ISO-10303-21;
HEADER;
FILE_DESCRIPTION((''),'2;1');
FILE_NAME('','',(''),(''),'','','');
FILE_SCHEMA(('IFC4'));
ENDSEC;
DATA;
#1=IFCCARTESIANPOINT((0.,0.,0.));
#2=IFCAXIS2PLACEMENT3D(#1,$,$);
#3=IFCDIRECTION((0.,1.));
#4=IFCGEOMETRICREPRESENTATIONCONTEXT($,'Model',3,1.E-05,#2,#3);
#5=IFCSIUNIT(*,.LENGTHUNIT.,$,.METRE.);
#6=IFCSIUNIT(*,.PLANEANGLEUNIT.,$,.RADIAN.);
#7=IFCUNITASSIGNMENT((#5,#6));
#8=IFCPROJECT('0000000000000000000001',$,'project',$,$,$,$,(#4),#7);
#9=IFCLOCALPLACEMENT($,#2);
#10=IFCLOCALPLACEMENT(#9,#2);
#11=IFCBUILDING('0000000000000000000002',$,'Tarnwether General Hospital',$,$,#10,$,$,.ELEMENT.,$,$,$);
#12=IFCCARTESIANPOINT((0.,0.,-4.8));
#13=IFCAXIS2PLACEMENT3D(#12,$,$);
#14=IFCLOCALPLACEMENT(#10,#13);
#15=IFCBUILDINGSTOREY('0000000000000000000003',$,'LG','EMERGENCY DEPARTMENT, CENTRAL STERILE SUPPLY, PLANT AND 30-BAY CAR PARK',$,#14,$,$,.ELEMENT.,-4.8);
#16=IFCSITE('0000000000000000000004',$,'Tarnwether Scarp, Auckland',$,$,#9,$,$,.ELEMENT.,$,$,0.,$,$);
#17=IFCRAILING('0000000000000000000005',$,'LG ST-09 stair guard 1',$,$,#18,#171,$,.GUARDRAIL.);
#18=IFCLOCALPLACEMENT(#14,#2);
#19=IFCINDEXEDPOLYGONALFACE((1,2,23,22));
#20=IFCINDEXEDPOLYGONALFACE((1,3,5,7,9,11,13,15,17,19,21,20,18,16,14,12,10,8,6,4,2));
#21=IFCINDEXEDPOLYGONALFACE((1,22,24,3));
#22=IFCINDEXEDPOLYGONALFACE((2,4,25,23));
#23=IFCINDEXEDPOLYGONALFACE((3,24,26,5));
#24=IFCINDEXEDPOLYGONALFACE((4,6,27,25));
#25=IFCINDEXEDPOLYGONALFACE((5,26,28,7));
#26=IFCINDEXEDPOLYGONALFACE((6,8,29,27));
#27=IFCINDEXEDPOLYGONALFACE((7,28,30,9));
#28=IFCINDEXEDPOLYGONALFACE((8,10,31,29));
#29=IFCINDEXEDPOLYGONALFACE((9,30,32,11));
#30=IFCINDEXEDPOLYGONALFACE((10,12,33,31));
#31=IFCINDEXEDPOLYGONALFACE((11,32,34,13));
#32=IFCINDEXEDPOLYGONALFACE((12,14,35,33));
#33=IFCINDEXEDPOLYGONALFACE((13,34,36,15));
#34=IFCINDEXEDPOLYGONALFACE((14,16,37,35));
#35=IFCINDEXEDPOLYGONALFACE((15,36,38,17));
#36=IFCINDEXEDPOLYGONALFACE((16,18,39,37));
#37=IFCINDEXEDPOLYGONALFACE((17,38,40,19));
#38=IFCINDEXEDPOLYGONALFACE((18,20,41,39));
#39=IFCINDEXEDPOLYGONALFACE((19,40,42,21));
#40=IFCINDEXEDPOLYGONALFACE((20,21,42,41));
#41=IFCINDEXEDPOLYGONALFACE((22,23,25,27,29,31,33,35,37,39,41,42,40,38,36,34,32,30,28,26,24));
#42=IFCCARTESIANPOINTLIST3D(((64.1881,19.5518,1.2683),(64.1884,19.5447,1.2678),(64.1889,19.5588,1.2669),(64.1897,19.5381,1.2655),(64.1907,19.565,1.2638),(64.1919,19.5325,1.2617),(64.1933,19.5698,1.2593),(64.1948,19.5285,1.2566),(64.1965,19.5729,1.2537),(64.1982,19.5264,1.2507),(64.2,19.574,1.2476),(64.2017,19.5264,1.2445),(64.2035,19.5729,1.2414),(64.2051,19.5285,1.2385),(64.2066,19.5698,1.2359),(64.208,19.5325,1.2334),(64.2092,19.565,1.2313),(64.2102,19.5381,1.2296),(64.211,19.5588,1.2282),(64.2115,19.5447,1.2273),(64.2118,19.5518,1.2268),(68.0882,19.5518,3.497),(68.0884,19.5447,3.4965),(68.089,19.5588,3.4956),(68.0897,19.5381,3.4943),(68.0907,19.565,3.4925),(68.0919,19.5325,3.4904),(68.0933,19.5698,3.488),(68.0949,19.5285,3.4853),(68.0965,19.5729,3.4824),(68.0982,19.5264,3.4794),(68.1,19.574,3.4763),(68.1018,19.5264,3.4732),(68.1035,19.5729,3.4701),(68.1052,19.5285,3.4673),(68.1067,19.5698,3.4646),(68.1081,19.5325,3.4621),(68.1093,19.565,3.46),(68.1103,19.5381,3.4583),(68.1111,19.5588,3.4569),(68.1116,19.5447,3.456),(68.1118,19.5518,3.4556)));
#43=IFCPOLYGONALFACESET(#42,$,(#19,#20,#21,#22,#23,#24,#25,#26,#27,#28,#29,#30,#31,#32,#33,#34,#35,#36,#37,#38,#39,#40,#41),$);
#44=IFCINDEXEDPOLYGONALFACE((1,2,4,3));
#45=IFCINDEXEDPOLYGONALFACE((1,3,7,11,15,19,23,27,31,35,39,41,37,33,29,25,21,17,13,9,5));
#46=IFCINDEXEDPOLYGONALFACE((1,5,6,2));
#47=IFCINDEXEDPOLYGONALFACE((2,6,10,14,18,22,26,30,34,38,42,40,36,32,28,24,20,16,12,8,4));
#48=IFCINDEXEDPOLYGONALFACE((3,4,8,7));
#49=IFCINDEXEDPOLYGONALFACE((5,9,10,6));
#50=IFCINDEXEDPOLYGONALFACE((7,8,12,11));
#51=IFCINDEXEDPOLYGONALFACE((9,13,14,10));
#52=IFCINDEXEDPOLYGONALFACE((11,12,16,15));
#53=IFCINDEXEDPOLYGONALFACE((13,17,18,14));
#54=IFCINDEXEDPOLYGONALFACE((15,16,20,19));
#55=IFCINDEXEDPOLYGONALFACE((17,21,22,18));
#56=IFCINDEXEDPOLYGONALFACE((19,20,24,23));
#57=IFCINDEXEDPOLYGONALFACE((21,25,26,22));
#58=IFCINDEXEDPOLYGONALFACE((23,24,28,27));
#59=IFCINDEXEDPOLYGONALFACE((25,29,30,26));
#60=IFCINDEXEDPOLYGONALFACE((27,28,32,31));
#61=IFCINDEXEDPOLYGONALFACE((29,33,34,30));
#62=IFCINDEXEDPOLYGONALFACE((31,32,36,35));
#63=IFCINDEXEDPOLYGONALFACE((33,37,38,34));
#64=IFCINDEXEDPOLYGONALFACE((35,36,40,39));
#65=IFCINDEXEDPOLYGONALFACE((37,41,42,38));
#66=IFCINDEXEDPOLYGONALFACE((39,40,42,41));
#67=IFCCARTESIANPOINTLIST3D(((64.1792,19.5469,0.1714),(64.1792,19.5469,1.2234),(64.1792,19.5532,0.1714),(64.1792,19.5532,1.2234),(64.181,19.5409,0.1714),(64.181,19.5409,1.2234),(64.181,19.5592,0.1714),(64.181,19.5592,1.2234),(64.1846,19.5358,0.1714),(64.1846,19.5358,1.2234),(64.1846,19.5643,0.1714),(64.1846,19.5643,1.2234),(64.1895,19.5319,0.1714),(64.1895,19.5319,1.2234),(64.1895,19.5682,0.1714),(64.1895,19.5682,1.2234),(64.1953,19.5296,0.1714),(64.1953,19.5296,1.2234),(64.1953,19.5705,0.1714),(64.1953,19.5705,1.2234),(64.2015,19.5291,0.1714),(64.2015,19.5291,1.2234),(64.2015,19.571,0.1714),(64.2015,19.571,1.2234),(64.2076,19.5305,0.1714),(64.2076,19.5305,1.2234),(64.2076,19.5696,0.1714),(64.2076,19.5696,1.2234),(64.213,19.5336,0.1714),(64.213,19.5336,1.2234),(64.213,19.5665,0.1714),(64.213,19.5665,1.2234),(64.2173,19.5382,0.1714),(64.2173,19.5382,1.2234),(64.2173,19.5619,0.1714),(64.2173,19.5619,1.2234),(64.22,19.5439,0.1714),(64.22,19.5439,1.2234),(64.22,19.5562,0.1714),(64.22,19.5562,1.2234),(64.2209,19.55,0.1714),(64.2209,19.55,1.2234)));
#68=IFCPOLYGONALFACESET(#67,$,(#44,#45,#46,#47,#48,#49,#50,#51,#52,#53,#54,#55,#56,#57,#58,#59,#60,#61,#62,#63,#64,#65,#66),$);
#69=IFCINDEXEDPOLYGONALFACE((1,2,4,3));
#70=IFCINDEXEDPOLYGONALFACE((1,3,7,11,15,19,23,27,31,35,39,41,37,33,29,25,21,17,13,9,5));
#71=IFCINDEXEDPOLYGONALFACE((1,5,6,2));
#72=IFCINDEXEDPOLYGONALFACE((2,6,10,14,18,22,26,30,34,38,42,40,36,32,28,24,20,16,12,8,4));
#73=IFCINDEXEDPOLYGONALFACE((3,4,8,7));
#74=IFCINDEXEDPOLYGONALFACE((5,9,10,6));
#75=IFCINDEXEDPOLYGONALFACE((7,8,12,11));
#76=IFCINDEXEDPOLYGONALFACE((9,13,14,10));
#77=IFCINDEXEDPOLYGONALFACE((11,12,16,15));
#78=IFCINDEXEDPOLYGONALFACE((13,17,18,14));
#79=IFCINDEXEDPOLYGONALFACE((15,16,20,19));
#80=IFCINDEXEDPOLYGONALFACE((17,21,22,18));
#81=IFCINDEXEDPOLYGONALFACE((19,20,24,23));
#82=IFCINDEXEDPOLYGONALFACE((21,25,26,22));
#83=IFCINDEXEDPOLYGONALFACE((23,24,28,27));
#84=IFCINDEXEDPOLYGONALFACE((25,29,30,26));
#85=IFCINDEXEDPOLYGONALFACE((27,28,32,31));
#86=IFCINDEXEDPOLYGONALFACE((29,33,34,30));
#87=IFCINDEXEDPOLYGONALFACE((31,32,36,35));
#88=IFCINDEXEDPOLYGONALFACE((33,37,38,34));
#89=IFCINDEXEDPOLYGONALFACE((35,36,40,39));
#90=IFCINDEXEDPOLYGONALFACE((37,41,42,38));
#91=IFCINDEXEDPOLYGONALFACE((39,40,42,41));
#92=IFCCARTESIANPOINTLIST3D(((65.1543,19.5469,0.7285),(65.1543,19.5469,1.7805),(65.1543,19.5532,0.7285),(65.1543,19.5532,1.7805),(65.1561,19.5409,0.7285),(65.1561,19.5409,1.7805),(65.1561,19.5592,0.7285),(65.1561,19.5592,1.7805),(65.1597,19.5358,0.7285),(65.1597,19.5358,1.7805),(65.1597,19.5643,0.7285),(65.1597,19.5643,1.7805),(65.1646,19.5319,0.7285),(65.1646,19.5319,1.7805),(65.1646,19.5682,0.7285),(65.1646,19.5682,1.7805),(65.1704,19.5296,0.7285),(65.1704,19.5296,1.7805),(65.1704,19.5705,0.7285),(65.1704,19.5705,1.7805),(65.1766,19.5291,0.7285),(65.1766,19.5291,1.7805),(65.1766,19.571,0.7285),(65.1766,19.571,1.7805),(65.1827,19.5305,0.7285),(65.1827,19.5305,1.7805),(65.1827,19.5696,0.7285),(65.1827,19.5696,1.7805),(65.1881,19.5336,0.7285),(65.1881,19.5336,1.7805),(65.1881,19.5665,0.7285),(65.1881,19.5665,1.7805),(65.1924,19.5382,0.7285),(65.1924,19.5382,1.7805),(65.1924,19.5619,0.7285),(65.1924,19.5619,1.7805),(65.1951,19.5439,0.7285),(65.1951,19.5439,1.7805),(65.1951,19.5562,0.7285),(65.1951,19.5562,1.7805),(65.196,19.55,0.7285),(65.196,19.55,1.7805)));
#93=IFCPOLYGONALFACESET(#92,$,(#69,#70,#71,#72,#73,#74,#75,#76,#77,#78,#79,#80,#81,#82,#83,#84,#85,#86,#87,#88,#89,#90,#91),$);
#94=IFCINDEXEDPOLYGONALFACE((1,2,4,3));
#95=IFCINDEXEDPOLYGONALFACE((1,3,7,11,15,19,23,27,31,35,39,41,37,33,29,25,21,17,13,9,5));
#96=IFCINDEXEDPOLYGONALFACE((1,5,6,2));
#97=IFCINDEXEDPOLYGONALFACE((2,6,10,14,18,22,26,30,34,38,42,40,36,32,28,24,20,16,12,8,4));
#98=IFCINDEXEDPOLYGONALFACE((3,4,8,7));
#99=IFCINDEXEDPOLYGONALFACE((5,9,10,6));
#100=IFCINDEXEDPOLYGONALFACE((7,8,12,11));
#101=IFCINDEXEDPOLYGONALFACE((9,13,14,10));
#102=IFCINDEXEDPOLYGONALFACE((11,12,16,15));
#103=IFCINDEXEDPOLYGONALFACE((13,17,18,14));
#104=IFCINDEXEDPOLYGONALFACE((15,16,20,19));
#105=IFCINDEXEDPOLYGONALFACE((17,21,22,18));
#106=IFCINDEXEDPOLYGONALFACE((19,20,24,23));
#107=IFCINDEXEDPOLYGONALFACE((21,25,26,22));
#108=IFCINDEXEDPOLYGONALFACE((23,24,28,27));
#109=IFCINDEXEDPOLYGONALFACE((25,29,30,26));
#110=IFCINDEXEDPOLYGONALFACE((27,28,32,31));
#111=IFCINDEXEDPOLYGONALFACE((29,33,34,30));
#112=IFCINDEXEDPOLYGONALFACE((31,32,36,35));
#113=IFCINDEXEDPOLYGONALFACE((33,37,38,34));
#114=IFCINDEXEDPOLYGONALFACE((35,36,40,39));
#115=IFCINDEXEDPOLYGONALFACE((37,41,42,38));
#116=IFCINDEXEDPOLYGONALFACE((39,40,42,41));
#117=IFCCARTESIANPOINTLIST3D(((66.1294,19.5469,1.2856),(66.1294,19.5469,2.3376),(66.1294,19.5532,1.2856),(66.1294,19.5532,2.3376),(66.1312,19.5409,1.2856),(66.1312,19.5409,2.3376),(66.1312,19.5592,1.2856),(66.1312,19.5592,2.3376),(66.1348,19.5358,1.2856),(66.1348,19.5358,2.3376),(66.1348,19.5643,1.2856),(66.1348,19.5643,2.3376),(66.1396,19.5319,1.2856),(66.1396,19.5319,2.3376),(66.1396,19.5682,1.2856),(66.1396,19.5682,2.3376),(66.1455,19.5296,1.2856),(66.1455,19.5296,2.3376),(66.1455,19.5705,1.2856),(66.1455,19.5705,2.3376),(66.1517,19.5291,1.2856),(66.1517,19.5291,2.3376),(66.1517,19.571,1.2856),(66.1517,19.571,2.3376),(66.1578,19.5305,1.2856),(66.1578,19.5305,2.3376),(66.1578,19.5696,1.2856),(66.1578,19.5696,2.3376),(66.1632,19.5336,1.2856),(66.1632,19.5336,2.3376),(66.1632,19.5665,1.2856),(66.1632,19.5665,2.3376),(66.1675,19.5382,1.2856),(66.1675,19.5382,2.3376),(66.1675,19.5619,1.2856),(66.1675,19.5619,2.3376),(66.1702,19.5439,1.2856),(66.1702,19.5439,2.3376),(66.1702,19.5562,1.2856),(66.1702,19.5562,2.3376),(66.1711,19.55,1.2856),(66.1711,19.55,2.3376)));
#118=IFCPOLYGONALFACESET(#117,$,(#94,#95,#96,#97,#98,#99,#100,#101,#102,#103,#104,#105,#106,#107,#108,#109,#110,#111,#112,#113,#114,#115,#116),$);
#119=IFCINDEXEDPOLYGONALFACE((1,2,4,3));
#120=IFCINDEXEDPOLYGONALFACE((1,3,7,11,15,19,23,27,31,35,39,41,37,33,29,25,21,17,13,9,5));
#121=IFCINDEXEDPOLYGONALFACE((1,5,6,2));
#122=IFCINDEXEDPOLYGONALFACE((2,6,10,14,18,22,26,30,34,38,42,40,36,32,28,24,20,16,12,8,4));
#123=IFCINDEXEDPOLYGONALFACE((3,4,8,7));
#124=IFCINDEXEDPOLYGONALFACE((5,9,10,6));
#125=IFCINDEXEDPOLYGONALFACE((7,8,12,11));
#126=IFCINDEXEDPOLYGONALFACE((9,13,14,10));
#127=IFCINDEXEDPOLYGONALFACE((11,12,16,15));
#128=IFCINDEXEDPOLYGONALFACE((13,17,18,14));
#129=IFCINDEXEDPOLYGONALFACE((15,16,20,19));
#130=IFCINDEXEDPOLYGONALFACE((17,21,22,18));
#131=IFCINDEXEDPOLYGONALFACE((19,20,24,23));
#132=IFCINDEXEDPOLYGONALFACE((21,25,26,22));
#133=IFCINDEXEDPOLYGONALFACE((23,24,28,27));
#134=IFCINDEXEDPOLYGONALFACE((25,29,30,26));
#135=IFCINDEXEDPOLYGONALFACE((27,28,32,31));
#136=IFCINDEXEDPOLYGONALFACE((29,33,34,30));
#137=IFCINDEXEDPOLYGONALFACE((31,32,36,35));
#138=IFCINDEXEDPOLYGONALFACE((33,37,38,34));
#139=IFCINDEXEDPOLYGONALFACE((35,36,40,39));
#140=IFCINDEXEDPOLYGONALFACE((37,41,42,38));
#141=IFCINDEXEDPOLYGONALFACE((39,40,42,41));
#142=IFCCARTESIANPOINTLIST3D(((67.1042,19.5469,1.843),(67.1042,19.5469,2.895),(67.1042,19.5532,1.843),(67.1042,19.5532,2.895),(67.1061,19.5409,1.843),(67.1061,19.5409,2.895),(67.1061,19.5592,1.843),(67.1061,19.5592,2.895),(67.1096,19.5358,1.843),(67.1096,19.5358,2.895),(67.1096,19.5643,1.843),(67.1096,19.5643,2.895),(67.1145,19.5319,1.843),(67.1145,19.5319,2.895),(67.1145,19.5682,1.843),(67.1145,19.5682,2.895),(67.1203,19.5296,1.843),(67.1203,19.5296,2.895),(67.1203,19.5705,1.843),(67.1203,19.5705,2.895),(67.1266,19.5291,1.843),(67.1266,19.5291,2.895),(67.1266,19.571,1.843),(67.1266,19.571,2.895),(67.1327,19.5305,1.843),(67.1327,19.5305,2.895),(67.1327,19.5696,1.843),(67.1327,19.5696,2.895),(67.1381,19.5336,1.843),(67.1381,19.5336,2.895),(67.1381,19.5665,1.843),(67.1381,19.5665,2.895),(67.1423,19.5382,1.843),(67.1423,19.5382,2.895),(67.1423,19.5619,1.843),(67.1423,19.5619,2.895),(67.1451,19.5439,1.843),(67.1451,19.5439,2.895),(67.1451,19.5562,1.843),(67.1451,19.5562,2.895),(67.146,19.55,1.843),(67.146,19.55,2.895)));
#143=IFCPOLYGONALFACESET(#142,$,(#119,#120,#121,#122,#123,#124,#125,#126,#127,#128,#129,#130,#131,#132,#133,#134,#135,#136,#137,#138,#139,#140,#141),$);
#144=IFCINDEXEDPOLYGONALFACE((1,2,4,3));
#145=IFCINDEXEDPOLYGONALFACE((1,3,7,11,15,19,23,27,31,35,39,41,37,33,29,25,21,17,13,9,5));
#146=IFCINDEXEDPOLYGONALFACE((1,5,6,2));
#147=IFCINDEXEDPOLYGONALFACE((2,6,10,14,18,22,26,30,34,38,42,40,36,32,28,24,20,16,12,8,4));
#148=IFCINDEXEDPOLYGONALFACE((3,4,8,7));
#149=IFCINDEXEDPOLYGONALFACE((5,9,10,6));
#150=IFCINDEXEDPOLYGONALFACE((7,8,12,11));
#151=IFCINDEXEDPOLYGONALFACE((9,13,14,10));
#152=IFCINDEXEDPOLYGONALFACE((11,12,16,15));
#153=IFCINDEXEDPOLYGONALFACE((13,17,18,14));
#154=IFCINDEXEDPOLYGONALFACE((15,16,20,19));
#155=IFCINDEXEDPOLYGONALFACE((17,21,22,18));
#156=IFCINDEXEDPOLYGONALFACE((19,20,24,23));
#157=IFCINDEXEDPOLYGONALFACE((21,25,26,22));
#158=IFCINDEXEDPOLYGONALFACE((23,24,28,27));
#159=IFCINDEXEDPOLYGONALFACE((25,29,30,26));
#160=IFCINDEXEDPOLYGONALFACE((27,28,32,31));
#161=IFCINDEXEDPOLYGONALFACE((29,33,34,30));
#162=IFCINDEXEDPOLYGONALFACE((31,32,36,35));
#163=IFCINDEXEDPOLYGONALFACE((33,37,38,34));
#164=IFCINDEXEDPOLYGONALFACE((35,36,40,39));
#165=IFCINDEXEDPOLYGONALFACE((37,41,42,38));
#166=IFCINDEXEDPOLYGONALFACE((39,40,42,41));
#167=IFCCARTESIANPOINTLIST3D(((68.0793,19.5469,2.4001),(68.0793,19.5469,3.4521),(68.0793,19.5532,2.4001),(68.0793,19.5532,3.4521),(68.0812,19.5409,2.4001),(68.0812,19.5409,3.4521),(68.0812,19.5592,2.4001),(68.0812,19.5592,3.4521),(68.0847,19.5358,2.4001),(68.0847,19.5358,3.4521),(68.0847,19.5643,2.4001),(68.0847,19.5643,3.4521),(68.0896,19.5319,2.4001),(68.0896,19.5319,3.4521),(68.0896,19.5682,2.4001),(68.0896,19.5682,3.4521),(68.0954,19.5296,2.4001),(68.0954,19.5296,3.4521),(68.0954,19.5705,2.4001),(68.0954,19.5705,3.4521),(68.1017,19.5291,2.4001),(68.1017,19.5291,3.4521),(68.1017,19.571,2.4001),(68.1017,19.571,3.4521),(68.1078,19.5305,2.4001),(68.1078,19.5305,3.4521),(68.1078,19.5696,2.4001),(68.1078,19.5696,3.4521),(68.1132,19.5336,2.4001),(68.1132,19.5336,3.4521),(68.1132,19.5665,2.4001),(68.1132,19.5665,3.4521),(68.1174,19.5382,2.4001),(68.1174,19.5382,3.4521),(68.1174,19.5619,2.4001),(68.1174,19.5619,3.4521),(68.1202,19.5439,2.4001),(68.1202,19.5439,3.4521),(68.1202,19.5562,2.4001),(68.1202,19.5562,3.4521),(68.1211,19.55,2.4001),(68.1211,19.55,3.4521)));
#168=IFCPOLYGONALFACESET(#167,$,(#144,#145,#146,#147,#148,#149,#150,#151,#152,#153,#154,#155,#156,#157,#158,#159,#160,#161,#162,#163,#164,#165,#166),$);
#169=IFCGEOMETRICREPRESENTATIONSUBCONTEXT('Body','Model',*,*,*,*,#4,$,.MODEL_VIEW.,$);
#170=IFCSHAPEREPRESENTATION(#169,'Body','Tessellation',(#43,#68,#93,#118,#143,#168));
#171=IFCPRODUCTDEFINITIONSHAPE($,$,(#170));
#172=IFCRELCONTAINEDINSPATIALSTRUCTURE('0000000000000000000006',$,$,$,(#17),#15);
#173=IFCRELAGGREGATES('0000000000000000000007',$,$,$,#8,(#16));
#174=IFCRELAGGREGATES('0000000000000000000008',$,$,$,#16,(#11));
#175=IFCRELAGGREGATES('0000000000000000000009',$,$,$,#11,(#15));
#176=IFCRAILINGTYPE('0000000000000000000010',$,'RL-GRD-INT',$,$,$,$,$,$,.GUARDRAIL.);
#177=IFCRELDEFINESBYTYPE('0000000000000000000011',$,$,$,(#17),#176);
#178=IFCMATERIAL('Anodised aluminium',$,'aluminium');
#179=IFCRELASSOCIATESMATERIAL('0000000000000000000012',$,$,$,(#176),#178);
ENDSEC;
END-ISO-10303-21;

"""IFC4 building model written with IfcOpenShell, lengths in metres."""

from ifc_helpers import new_model, si_unit, direction, frame, origin, origin_2d, place, context, subcontext, project, spatial, circle, extrude, material, type_object, element, save


model = new_model("IFC4")

# Units and contexts
model_context = context("Model", 3, precision=1e-05, world=origin(), true_north=direction((0.0, 1.0)))
body_context = subcontext(model_context, "Body", "Model", "MODEL_VIEW")
ifc_project = project(units=[si_unit("LENGTHUNIT", "METRE"), si_unit("PLANEANGLEUNIT", "RADIAN")], contexts=[model_context])

# Site, building, storey
site_placement = place(None, origin())
site = spatial("IfcSite", under=ifc_project, at=site_placement, Name="Tarnwether Scarp, Auckland", CompositionType="ELEMENT", RefElevation=0.0)
building_placement = place(site_placement, origin())
building = spatial("IfcBuilding", under=site, at=building_placement, Name="Tarnwether General Hospital", CompositionType="ELEMENT")
storey_placement = place(building_placement, frame((0.0, 0.0, -4.8)))
storey = spatial("IfcBuildingStorey", under=building, at=storey_placement, Name="LG", Description="EMERGENCY DEPARTMENT, CENTRAL STERILE SUPPLY, PLANT AND 30-BAY CAR PARK", CompositionType="ELEMENT", Elevation=-4.8)

# Railing
ifc_material_1 = material(Name="Anodised aluminium", Category="aluminium")
railing_type_1 = type_object("IfcRailingType", Name="RL-GRD-INT", PredefinedType="GUARDRAIL", material=ifc_material_1)
railing_1_placement = place(storey_placement, frame((64.2, 19.55, 0.1714)))
element("IfcRailing", 1, at=railing_1_placement, inside=storey, type_object=railing_type_1, Name="LG ST-09 stair guard 1", PredefinedType="GUARDRAIL", context=body_context, shape_type="SweptSolid", body=[
    extrude(circle(Radius=0.0239, at=origin_2d()), frame((0.0, 0.0, 1.0762), z_axis=(0.868233, 0.0, 0.496156), x_axis=(0.0, 1.0, 0.0)), (0.0, 0.0, 1.0), 4.4919),
    extrude(circle(Radius=0.021, at=origin_2d()), origin(), (0.0, 0.0, 1.0), 1.052),
    extrude(circle(Radius=0.021, at=origin_2d()), frame((0.9751, 0.0, 0.5571)), (0.0, 0.0, 1.0), 1.052),
    extrude(circle(Radius=0.021, at=origin_2d()), frame((1.9502, 0.0, 1.1143)), (0.0, 0.0, 1.0), 1.052),
    extrude(circle(Radius=0.021, at=origin_2d()), frame((2.925, 0.0, 1.6716)), (0.0, 0.0, 1.0), 1.052),
    extrude(circle(Radius=0.021, at=origin_2d()), frame((3.9001, 0.0, 2.2288)), (0.0, 0.0, 1.0), 1.052),
])

save(model, "model.ifc")
